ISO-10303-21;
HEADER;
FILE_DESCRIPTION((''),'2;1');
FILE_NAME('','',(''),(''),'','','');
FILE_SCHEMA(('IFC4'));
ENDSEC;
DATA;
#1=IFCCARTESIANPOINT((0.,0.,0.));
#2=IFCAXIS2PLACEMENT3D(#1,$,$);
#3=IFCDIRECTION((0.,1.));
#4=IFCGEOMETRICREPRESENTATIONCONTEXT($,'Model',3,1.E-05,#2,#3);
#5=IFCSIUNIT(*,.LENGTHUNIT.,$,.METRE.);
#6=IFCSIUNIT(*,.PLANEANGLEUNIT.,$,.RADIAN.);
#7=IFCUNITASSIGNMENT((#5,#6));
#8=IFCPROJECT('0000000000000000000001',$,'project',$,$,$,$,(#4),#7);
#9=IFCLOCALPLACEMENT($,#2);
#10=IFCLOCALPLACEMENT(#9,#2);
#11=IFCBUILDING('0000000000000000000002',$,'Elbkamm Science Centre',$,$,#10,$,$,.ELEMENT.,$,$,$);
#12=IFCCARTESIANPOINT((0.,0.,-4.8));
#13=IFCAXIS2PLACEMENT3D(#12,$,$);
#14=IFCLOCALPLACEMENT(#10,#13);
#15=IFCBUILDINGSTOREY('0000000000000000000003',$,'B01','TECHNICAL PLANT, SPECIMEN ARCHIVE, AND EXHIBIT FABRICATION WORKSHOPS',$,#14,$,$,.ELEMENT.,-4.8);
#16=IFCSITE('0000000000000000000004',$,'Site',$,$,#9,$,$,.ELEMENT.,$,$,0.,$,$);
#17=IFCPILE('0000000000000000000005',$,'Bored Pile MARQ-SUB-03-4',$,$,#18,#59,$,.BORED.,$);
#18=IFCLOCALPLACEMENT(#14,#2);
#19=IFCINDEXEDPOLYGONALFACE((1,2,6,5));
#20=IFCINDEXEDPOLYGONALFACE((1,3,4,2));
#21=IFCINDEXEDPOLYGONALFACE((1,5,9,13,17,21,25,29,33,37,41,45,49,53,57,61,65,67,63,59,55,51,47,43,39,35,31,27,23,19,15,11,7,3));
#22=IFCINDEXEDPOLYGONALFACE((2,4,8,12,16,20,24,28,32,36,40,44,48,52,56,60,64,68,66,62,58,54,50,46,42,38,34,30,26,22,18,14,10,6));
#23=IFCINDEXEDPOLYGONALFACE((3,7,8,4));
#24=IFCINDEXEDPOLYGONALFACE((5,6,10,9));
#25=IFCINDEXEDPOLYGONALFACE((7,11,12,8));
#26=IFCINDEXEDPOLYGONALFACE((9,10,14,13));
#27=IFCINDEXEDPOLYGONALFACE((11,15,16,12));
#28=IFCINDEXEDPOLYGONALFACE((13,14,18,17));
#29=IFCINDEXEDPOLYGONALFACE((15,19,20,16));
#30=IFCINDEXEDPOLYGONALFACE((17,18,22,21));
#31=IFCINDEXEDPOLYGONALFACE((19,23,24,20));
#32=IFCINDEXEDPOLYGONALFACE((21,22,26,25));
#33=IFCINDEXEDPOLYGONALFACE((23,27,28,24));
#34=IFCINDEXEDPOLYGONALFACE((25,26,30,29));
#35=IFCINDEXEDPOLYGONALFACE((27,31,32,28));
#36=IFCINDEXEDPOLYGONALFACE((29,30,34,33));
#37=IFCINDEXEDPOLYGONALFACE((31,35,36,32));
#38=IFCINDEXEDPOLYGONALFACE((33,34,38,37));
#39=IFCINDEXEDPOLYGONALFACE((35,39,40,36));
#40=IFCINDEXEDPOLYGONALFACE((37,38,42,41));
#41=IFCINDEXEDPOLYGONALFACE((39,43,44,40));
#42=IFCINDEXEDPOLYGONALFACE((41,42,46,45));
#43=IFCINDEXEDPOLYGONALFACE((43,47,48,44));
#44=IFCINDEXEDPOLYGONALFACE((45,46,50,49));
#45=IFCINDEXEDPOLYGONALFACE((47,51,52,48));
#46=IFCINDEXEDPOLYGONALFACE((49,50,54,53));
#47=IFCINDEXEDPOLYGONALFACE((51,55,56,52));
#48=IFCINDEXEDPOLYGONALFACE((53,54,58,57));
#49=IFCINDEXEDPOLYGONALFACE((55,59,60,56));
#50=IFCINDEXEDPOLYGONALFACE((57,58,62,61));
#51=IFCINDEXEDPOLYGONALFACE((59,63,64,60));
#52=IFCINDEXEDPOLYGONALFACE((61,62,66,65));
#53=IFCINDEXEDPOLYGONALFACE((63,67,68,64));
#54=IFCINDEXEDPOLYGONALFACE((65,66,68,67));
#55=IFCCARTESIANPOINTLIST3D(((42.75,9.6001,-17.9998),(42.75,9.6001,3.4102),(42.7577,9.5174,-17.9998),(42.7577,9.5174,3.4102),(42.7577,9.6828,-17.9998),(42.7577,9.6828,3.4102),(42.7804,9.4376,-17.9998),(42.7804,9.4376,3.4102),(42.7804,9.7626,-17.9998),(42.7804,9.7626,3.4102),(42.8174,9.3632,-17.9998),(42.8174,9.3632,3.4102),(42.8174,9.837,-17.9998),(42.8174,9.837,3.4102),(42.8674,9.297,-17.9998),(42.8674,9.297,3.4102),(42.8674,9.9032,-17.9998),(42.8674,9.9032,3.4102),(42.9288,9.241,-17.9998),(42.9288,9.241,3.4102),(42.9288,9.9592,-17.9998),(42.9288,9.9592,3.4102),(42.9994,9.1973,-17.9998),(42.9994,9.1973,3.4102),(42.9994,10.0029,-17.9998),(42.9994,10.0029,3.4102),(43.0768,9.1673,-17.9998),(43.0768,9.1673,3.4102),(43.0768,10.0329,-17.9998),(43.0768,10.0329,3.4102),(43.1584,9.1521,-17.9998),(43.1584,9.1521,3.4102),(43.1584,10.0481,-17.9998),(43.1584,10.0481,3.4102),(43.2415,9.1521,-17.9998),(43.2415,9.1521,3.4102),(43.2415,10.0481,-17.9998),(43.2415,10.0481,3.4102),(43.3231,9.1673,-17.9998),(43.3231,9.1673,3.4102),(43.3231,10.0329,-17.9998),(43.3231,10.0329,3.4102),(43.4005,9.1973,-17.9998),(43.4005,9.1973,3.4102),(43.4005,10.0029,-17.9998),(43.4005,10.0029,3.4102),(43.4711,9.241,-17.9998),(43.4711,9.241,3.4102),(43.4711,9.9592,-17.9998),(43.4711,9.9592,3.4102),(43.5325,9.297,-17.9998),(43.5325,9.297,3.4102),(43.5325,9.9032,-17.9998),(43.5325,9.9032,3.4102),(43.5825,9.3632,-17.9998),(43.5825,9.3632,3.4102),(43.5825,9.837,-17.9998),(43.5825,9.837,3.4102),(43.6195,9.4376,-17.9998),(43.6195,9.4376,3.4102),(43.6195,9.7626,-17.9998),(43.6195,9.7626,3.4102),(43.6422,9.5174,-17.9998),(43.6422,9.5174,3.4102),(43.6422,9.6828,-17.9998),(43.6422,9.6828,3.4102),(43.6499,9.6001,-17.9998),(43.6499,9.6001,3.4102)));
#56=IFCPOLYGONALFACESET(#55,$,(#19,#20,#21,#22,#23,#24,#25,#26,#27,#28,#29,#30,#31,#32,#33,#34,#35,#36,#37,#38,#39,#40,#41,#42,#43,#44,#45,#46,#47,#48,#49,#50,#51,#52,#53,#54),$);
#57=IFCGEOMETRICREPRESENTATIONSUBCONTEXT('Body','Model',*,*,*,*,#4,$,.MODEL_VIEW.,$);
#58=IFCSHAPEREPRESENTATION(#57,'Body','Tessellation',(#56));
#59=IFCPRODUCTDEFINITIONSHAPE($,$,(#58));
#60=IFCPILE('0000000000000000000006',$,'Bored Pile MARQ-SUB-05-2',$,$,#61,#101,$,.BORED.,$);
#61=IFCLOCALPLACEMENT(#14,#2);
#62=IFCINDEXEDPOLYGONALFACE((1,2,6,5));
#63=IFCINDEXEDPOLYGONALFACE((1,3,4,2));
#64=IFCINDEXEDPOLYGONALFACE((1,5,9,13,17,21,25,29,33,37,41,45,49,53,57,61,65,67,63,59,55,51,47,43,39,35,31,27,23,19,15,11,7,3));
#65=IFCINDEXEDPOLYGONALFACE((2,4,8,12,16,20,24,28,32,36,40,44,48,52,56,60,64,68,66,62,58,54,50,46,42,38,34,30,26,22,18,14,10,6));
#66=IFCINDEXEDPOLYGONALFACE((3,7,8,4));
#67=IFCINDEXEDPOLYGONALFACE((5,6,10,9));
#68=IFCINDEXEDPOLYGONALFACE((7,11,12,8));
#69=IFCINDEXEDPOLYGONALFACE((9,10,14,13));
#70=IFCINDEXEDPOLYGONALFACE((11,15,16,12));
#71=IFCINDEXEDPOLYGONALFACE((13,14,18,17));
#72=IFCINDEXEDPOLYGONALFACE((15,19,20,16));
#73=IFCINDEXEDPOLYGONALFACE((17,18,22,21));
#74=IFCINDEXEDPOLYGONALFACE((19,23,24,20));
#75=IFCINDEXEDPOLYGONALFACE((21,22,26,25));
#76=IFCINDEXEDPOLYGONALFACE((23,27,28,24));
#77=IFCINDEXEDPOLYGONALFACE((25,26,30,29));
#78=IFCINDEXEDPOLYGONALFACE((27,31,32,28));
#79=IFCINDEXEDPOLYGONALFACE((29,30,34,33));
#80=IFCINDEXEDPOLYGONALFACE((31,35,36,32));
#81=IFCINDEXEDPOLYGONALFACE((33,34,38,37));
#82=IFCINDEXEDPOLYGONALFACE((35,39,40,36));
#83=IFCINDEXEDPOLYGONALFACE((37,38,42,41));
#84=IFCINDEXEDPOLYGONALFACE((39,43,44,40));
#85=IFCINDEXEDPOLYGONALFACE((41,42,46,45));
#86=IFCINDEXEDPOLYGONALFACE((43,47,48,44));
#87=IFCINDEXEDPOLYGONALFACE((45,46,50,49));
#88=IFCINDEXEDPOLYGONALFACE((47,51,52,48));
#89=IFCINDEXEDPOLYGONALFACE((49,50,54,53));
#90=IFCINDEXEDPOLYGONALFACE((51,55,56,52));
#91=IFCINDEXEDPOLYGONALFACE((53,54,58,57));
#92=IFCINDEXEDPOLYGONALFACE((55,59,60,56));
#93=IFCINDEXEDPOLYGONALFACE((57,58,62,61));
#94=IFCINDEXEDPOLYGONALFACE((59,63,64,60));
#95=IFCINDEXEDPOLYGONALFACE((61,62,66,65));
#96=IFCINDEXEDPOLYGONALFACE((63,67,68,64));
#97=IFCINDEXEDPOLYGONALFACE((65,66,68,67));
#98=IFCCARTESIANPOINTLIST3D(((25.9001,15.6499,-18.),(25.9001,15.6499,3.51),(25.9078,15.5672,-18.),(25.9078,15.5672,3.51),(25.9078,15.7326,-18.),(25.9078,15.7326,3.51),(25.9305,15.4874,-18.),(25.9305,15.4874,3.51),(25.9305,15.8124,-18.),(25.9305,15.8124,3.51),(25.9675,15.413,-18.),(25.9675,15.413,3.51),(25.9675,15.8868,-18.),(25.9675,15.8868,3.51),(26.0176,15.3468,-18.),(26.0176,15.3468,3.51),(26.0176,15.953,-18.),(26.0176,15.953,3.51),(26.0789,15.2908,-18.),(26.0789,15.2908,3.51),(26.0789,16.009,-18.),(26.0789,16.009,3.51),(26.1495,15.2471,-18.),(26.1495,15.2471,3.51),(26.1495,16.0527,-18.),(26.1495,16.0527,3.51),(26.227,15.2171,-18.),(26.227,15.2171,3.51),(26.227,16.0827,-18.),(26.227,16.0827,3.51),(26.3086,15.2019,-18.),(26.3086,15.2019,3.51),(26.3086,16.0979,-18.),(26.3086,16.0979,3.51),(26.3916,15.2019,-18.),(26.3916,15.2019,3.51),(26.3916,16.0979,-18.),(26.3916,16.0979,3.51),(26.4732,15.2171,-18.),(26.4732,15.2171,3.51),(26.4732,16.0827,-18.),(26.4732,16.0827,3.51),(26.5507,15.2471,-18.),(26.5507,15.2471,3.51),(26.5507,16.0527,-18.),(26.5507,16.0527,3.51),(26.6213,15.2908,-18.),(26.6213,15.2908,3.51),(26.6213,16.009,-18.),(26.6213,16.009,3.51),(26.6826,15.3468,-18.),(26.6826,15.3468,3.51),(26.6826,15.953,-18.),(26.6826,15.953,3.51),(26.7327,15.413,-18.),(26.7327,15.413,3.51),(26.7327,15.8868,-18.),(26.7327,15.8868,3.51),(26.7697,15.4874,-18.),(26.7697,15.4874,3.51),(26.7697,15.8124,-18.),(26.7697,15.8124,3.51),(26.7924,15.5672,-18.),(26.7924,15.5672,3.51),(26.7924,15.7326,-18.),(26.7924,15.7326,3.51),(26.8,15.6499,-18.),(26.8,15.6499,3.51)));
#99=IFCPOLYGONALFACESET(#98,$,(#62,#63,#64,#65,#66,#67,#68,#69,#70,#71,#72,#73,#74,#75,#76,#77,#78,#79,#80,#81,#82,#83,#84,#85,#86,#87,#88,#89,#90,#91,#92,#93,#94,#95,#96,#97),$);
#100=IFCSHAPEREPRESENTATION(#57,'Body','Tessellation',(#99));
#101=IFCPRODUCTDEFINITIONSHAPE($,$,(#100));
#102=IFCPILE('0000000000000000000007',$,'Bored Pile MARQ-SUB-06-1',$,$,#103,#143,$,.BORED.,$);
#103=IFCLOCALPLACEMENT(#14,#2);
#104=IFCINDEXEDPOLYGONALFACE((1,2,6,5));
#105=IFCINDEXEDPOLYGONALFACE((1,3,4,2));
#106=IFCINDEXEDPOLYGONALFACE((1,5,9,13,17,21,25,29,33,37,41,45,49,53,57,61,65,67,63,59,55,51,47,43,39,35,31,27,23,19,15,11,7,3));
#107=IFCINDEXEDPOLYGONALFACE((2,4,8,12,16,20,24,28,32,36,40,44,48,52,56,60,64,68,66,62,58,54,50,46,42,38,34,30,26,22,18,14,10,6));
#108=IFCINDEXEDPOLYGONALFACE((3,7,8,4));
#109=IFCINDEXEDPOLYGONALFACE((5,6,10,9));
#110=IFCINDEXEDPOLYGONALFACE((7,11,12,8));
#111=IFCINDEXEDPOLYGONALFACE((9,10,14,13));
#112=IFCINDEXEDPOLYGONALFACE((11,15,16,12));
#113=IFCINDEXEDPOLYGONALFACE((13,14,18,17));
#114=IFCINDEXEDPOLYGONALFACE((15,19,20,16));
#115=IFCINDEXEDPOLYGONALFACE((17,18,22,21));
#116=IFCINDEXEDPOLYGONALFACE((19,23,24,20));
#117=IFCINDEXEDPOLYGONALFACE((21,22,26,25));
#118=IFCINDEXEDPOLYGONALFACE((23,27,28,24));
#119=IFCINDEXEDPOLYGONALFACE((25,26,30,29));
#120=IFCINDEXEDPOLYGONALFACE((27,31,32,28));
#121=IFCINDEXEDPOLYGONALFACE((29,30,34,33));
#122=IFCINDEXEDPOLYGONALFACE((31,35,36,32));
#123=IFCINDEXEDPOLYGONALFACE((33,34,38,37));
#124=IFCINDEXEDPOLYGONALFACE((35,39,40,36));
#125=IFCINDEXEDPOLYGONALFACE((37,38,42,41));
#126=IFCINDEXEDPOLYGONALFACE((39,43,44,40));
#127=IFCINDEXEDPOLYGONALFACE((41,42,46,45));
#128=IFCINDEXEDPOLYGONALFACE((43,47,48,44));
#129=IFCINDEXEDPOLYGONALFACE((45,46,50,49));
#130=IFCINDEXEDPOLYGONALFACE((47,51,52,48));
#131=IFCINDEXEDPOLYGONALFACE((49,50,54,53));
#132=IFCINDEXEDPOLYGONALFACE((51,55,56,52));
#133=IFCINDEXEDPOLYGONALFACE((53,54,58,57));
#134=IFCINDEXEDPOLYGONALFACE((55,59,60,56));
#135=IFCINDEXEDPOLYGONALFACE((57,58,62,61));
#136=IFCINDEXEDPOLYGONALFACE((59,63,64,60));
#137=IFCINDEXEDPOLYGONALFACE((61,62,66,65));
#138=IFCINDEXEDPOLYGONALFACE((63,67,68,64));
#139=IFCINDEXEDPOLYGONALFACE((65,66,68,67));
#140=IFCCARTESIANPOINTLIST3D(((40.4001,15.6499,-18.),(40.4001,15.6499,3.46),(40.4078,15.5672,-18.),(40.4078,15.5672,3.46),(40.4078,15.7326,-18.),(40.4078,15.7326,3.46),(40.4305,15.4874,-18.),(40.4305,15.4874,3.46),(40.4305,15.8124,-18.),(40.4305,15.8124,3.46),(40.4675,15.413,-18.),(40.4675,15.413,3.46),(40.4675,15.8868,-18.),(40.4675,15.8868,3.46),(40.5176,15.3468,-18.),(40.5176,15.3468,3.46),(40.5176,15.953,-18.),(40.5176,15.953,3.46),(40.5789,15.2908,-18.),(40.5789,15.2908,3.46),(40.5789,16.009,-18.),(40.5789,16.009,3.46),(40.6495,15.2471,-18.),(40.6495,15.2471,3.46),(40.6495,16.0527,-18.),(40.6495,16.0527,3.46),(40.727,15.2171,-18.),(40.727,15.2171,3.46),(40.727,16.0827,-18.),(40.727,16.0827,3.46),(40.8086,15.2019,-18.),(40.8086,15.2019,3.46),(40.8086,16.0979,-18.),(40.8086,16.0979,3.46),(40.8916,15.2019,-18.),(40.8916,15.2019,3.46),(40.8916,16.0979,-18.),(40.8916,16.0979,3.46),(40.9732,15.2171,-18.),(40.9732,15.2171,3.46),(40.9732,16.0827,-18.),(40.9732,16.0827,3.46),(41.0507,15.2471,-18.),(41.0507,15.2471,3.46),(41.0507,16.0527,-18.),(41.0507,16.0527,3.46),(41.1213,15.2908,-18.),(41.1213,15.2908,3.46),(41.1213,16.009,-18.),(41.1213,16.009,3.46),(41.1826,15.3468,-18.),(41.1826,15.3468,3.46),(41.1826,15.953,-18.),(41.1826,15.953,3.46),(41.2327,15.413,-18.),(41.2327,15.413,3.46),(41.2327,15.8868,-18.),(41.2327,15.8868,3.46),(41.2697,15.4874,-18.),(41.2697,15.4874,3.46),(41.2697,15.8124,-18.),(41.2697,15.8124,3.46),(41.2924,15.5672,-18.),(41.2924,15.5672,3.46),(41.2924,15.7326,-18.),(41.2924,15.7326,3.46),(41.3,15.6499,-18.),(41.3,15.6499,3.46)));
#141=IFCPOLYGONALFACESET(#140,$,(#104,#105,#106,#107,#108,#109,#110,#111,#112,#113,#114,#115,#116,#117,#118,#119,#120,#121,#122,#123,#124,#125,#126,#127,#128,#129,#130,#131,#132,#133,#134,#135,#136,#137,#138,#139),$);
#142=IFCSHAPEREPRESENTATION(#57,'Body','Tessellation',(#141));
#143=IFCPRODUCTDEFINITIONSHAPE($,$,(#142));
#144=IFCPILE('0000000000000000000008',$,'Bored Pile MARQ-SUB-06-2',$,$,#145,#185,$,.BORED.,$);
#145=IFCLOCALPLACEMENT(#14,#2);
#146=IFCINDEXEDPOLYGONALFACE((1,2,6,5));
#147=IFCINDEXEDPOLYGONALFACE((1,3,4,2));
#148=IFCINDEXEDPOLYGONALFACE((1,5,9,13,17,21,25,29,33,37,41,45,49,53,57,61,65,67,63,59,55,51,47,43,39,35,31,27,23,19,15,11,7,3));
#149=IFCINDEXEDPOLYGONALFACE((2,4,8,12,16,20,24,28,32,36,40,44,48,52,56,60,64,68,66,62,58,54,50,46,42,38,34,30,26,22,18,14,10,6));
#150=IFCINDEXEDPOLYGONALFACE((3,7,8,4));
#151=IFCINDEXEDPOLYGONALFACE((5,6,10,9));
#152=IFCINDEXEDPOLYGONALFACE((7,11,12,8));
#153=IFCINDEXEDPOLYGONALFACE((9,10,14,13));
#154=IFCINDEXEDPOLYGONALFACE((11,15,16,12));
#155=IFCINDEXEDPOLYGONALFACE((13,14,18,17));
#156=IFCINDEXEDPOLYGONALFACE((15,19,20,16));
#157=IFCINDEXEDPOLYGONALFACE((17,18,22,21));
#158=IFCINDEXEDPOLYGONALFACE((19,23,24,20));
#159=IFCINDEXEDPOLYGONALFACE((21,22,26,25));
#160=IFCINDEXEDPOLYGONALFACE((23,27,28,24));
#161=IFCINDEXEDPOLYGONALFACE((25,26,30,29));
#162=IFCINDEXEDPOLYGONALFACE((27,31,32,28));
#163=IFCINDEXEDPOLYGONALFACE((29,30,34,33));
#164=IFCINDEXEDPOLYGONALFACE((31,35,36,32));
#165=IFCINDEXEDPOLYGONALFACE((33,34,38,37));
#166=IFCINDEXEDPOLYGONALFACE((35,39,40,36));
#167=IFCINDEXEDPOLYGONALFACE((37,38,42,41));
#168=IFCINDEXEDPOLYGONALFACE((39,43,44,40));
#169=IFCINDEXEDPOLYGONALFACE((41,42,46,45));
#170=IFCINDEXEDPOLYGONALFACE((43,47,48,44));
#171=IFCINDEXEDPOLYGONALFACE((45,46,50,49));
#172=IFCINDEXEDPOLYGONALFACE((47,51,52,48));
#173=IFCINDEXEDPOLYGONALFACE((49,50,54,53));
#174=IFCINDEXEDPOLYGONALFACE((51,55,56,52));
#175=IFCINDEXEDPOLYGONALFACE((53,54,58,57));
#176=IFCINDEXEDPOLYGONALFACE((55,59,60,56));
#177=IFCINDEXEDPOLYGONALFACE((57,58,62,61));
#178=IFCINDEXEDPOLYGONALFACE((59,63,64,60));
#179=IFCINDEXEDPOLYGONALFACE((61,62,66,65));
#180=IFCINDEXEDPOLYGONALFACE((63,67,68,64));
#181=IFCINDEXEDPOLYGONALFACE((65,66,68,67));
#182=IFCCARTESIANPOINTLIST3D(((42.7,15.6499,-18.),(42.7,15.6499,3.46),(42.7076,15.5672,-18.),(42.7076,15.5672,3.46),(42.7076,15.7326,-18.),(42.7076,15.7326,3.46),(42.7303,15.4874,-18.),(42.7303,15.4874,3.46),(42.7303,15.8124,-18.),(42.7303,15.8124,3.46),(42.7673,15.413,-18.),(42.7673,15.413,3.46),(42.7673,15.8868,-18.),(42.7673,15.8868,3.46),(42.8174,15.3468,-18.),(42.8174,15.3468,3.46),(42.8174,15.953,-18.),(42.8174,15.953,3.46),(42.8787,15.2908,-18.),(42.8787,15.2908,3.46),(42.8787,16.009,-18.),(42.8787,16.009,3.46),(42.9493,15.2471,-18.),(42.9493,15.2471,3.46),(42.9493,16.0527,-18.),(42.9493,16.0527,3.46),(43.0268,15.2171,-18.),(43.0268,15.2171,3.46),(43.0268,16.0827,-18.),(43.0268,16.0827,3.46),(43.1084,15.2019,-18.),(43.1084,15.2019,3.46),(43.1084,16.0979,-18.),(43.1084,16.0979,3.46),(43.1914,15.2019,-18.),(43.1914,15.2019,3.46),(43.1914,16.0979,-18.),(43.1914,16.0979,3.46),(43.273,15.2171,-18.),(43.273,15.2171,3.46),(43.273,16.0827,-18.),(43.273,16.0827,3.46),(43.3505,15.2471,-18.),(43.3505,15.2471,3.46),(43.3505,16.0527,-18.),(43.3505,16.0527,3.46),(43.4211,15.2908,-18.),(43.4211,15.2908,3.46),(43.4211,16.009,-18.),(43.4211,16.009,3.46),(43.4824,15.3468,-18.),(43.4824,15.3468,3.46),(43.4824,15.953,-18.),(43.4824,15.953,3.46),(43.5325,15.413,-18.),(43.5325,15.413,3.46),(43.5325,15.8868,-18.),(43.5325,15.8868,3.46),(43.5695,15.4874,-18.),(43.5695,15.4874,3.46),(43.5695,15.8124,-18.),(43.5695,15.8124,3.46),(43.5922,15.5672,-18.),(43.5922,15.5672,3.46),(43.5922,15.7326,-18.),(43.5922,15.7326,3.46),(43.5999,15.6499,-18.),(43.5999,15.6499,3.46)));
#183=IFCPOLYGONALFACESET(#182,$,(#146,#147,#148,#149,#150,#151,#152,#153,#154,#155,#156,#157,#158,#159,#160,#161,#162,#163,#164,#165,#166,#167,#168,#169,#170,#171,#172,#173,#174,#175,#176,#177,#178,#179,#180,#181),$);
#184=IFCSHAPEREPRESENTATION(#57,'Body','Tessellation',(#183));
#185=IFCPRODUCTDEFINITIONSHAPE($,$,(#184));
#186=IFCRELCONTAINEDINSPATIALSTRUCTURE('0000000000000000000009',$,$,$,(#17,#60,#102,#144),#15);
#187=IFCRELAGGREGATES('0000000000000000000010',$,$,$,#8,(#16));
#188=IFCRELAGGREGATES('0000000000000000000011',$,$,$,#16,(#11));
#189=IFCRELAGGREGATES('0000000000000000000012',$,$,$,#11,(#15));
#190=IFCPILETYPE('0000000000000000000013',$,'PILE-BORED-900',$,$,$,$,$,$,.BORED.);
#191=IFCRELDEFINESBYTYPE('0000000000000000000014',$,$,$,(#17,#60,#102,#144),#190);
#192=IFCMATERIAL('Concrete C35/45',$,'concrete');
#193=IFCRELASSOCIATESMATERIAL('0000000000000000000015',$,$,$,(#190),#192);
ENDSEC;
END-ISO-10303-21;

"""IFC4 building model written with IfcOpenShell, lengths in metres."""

from ifc_helpers import new_model, si_unit, direction, frame, origin, origin_2d, place, context, subcontext, project, spatial, circle, extrude, material, material_profile, profile_set, type_object, element, save


model = new_model("IFC4")

# Units and contexts
model_context = context("Model", 3, precision=1e-05, world=origin(), true_north=direction((0.0, 1.0)))
body_context = subcontext(model_context, "Body", "Model", "MODEL_VIEW")
ifc_project = project(units=[si_unit("LENGTHUNIT", "METRE"), si_unit("PLANEANGLEUNIT", "RADIAN")], contexts=[model_context])

# Site, building, storey
site_placement = place(None, origin())
site = spatial("IfcSite", under=ifc_project, at=site_placement, Name="Site", CompositionType="ELEMENT", RefElevation=0.0)
building_placement = place(site_placement, origin())
building = spatial("IfcBuilding", under=site, at=building_placement, Name="Elbkamm Science Centre", CompositionType="ELEMENT")
storey_placement = place(building_placement, frame((0.0, 0.0, -4.8)))
storey = spatial("IfcBuildingStorey", under=building, at=storey_placement, Name="B01", Description="TECHNICAL PLANT, SPECIMEN ARCHIVE, AND EXHIBIT FABRICATION WORKSHOPS", CompositionType="ELEMENT", Elevation=-4.8)

# Shared definitions
ifc_material_1 = material(Name="Concrete C35/45", Category="concrete")

# Piles
ifc_material_profile_1 = material_profile(ifc_material_1, circle(Radius=0.45, at=origin_2d()), Name="PILE D900")
ifc_profile_set_1 = profile_set([ifc_material_profile_1], Name="Concrete C35/45")
pile_type = type_object("IfcPileType", Name="PILE-BORED-900", PredefinedType="BORED", material=ifc_profile_set_1)
for number, where, z_axis, x_axis, name in (
    (1, (43.2, 9.6001, 3.4102), (0.0, 0.0, -1.0), (1.0, 0.0, 0.0), "Bored Pile MARQ-SUB-03-4"),
):
    element("IfcPile", number, at=place(storey_placement, frame(where, z_axis=z_axis, x_axis=x_axis)), inside=storey, type_object=pile_type, Name=name, PredefinedType="BORED", context=body_context, shape_type="SweptSolid", body=[
        extrude(circle(Radius=0.45, at=origin_2d()), origin(), (0.0, 0.0, 1.0), 21.4099),
    ])
pile_placement = place(storey_placement, frame((26.3501, 15.6499, 3.51), z_axis=(0.0, 0.0, -1.0), x_axis=(1.0, 0.0, 0.0)))
element("IfcPile", 2, at=pile_placement, inside=storey, type_object=pile_type, Name="Bored Pile MARQ-SUB-05-2", PredefinedType="BORED", context=body_context, shape_type="SweptSolid", body=[
    extrude(circle(Radius=0.45, at=origin_2d()), origin(), (0.0, 0.0, 1.0), 21.51),
])
for number, where, z_axis, x_axis, name in (
    (3, (40.8501, 15.6499, 3.46), (0.0, 0.0, -1.0), (1.0, 0.0, 0.0), "Bored Pile MARQ-SUB-06-1"),
    (4, (43.1499, 15.6499, 3.46), (0.0, 0.0, -1.0), (1.0, 0.0, 0.0), "Bored Pile MARQ-SUB-06-2"),
):
    element("IfcPile", number, at=place(storey_placement, frame(where, z_axis=z_axis, x_axis=x_axis)), inside=storey, type_object=pile_type, Name=name, PredefinedType="BORED", context=body_context, shape_type="SweptSolid", body=[
        extrude(circle(Radius=0.45, at=origin_2d()), origin(), (0.0, 0.0, 1.0), 21.46),
    ])

save(model, "model.ifc")
